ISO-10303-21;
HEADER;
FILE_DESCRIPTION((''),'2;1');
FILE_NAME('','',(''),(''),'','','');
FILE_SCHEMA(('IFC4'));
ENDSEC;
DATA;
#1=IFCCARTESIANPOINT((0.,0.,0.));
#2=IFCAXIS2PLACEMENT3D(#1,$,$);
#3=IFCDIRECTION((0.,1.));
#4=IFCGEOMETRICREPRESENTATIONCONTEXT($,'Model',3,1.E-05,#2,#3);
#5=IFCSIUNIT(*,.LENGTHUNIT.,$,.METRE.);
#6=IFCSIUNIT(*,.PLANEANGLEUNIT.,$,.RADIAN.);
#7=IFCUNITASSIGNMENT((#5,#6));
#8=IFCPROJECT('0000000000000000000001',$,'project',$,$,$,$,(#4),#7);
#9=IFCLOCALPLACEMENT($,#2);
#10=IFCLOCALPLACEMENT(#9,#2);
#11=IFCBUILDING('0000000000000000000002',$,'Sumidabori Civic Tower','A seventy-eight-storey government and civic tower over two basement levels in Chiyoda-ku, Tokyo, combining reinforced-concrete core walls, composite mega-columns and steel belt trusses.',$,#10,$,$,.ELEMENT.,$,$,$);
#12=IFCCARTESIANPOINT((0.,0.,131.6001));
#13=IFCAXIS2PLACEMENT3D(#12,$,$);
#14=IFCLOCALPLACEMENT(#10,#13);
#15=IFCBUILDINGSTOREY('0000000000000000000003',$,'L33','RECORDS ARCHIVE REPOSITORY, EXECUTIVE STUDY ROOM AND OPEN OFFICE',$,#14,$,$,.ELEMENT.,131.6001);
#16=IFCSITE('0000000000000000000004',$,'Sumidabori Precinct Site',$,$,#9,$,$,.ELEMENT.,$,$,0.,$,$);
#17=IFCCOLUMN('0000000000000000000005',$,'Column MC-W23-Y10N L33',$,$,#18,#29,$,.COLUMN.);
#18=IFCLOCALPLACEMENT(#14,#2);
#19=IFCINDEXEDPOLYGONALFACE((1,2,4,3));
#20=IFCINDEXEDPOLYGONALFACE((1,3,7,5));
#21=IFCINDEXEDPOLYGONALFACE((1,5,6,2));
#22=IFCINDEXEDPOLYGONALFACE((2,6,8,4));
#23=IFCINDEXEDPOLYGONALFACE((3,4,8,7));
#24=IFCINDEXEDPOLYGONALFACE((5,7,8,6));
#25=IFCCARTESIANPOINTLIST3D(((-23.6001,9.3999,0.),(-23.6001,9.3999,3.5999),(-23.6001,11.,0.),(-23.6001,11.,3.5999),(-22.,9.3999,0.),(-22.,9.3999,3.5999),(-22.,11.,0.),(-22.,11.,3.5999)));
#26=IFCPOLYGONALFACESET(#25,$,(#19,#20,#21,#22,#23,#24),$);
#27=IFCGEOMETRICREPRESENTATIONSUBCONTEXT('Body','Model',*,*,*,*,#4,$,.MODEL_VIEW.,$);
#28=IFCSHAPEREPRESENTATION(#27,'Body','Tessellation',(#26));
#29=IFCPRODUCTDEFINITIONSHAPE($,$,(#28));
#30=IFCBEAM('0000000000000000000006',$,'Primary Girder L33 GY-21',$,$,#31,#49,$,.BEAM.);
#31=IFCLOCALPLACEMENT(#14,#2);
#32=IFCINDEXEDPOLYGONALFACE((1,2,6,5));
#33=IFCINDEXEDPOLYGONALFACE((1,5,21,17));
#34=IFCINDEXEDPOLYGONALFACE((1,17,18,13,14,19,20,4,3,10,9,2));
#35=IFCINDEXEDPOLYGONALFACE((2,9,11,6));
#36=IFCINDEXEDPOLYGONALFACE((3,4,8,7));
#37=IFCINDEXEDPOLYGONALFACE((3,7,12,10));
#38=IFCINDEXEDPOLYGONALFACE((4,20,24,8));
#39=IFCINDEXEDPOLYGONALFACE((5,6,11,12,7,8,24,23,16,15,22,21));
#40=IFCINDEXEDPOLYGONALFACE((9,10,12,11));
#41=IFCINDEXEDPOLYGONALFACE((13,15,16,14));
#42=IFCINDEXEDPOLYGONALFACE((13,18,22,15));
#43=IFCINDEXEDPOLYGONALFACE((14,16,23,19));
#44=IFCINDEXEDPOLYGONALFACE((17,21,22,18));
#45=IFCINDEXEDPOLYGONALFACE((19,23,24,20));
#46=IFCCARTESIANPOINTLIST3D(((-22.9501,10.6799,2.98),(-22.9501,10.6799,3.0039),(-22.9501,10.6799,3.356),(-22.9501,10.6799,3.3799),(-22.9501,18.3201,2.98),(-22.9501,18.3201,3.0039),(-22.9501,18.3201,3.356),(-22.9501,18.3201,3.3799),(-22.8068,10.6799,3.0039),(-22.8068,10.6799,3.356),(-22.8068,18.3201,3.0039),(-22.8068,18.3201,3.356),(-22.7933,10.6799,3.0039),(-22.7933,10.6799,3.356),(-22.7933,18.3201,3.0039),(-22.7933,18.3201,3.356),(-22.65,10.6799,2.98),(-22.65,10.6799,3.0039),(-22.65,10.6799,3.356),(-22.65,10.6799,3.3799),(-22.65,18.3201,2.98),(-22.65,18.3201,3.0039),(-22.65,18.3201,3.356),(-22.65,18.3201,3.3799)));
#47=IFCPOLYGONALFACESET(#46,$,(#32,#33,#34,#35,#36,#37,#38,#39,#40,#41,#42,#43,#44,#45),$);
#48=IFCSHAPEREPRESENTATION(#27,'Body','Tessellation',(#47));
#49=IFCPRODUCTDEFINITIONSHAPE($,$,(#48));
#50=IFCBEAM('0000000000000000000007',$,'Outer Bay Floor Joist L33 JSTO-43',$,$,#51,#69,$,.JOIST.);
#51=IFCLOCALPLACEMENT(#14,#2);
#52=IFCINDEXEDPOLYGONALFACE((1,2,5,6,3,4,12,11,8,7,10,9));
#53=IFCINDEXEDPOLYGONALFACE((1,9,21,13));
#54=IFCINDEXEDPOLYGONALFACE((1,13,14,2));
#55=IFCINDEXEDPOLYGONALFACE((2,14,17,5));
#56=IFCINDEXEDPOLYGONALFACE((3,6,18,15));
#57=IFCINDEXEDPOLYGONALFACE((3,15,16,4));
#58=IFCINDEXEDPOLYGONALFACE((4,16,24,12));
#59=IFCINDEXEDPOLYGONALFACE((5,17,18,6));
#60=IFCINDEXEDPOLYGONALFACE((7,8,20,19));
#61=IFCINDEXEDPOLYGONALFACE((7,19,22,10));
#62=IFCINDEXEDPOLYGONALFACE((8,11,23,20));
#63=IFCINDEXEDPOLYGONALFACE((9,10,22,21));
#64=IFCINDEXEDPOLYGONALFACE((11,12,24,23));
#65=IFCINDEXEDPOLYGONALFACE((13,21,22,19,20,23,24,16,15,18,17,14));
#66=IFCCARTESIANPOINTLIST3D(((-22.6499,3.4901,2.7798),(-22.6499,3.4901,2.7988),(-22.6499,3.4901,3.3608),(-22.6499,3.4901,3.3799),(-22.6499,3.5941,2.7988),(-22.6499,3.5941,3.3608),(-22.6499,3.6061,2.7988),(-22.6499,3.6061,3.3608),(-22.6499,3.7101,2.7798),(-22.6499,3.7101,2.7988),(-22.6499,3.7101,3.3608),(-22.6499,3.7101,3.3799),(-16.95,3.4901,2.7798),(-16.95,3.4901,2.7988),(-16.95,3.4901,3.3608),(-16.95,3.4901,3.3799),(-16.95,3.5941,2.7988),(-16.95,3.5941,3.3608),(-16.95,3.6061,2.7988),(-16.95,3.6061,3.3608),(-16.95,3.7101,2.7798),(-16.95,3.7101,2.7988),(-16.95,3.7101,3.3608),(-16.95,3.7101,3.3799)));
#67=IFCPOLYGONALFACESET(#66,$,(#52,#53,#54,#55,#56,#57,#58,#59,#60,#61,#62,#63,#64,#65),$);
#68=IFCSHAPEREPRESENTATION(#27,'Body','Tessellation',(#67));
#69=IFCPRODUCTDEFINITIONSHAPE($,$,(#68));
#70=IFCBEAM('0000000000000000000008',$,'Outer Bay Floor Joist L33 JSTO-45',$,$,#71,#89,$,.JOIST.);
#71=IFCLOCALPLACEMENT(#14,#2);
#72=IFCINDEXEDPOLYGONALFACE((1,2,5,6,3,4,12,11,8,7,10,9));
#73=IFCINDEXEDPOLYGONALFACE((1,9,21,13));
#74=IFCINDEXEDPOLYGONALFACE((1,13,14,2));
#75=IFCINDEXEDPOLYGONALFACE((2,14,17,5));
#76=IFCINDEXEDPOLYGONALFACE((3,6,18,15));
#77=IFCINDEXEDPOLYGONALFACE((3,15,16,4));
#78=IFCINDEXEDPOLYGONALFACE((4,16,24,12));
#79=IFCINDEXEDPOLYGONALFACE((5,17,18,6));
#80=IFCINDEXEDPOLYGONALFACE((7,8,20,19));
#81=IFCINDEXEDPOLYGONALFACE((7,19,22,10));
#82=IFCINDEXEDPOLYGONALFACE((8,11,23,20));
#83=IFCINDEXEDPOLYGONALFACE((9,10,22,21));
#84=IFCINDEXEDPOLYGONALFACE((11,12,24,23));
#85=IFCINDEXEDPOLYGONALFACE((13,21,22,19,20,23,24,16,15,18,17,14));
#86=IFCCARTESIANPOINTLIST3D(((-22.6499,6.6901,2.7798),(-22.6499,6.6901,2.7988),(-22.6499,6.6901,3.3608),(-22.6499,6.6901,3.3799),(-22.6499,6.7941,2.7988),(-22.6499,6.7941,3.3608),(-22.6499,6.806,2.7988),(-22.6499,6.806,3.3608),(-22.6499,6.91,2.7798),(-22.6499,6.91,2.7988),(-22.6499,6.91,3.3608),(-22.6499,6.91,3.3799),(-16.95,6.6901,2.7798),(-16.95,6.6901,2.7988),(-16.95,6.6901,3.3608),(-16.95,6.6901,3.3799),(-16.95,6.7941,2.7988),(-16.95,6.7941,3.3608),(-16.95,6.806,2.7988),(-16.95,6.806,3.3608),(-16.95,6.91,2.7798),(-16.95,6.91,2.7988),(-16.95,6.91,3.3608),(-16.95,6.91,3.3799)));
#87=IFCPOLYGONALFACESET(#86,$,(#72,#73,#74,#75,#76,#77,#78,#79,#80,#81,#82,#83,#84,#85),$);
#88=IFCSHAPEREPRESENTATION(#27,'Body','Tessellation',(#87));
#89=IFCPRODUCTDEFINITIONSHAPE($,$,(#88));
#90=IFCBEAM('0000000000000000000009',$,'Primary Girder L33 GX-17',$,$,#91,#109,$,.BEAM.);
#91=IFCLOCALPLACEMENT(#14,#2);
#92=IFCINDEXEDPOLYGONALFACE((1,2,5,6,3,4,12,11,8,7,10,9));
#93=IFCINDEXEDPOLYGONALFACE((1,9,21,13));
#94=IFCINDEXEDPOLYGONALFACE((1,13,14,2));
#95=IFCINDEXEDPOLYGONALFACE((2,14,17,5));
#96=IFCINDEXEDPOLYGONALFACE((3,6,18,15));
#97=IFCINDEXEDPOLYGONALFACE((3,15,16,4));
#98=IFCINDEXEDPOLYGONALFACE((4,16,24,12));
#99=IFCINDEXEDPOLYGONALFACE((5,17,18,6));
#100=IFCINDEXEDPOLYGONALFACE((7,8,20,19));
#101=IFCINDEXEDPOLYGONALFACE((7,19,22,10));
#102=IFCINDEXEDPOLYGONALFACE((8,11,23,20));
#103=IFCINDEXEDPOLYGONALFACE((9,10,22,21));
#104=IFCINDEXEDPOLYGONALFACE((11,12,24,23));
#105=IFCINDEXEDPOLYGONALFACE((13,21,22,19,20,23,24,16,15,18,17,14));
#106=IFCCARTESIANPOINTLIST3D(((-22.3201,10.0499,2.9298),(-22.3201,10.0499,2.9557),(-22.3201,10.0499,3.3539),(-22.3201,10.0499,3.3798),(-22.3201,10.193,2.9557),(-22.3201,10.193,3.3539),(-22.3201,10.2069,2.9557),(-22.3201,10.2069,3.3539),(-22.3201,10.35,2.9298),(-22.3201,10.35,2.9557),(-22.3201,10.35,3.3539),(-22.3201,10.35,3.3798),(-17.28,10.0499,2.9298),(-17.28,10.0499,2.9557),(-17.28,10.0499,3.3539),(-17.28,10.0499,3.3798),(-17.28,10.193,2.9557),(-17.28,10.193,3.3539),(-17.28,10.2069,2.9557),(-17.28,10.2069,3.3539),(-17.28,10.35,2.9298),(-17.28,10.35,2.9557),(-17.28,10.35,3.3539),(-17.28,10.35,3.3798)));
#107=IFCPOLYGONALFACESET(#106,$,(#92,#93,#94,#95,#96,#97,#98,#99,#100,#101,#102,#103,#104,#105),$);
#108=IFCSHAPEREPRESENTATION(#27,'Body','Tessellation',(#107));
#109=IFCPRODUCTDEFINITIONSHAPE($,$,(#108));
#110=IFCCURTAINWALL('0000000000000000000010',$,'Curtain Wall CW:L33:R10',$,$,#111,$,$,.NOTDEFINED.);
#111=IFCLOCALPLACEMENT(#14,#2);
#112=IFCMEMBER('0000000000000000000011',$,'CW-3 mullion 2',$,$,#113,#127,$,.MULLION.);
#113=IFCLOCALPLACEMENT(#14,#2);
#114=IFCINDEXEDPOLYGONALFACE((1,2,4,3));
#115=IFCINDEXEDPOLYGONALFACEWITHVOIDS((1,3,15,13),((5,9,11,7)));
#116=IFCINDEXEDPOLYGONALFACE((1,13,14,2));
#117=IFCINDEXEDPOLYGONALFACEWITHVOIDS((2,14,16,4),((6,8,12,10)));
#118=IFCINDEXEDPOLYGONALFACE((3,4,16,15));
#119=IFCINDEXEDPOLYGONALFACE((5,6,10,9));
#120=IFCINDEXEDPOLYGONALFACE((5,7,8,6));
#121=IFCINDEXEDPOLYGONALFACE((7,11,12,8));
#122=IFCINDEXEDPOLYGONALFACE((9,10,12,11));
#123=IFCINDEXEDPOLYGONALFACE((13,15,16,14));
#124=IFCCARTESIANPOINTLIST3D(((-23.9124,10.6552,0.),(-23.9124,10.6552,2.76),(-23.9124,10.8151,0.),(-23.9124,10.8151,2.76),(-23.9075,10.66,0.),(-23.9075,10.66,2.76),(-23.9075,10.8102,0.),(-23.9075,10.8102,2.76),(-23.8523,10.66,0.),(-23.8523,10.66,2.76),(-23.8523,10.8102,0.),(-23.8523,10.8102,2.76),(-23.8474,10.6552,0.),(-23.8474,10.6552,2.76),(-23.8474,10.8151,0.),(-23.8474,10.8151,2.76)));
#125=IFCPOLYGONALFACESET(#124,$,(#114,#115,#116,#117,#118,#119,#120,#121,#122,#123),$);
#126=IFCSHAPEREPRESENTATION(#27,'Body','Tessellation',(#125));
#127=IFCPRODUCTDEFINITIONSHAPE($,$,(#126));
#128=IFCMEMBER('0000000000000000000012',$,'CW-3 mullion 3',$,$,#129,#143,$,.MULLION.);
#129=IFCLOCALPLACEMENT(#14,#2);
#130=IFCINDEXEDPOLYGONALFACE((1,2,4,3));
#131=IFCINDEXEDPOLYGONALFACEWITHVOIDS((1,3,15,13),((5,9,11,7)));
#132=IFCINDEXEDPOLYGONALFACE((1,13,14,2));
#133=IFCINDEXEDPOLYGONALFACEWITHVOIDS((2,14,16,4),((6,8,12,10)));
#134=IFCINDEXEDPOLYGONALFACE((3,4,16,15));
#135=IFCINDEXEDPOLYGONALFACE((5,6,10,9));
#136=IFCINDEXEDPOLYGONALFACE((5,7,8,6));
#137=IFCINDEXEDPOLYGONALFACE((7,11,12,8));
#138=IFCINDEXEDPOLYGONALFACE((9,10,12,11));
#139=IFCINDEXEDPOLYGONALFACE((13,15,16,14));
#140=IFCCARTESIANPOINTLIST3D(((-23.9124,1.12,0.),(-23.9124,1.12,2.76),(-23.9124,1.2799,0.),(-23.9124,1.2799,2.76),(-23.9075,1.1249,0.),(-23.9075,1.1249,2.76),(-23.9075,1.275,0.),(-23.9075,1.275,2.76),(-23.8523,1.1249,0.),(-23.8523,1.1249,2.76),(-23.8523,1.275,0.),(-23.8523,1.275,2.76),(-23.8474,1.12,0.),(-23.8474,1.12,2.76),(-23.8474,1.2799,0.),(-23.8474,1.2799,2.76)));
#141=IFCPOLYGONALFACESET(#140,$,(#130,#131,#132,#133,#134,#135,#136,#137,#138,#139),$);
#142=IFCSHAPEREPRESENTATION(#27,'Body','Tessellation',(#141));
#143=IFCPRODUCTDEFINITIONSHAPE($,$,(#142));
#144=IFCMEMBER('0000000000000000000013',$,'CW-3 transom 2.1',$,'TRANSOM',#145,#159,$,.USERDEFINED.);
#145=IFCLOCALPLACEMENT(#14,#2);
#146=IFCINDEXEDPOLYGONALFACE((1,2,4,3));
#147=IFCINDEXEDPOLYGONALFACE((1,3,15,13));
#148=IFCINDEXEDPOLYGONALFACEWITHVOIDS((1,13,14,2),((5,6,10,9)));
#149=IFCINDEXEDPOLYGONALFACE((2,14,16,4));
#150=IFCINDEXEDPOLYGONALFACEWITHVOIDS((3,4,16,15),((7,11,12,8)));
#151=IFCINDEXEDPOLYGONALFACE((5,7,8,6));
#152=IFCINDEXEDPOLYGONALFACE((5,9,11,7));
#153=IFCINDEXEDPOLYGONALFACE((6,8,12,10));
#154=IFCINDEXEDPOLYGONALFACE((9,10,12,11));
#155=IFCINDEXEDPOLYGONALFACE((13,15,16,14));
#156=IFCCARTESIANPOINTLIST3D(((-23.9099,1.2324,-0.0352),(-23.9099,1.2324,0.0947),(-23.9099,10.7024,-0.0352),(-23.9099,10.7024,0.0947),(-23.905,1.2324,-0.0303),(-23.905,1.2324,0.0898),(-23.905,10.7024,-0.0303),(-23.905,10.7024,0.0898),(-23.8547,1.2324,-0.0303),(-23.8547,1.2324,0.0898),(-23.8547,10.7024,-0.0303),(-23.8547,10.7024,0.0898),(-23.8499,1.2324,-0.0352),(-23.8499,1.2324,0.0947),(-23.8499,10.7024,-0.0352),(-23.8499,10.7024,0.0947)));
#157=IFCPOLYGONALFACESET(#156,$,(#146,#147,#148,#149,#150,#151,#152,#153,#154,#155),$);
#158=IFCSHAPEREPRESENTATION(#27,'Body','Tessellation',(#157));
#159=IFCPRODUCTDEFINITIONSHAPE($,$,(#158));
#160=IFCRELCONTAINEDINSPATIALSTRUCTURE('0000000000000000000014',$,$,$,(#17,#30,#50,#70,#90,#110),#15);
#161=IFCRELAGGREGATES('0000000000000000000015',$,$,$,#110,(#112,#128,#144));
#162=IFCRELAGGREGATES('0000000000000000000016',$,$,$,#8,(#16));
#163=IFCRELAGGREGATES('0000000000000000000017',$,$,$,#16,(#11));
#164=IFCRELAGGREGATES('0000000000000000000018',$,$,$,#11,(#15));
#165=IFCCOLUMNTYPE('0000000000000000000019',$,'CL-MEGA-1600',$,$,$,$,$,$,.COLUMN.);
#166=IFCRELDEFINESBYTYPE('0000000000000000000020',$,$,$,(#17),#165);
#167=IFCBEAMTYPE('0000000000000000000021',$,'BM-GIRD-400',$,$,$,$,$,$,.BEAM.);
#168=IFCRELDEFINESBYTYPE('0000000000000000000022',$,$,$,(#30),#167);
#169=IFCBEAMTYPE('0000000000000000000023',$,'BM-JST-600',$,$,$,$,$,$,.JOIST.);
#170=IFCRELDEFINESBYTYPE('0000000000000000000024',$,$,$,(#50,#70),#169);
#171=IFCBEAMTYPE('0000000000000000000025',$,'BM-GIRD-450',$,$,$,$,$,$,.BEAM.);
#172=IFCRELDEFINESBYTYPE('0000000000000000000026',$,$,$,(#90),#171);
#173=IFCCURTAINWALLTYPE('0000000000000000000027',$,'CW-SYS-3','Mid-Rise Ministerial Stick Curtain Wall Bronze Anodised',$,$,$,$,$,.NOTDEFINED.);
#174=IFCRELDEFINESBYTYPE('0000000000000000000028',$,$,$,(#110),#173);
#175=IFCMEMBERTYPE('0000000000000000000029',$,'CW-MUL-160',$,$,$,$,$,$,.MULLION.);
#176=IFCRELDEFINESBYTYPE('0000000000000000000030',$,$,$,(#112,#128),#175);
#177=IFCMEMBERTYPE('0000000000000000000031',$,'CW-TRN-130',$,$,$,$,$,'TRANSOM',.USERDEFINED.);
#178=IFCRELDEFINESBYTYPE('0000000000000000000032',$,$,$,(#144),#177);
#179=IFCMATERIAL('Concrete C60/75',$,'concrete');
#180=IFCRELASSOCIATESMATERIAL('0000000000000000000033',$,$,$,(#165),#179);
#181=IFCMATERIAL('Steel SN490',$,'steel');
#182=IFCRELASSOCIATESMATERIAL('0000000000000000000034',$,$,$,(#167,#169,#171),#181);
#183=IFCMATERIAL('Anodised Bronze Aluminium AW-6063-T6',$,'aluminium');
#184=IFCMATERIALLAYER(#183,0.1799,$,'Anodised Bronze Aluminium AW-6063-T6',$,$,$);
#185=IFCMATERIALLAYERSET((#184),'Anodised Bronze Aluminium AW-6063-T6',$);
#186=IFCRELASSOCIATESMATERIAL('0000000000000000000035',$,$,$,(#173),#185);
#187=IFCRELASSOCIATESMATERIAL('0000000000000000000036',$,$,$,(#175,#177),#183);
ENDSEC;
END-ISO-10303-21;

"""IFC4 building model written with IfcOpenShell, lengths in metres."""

from ifc_helpers import new_model, si_unit, direction, frame, origin, origin_2d, place, context, subcontext, project, spatial, rectangle, hollow_rectangle, i_section, extrude, source, transform, mapped, material, layer, layer_set, material_profile, profile_set, type_object, element, aggregate, save


model = new_model("IFC4")

# Units and contexts
model_context = context("Model", 3, precision=1e-05, world=origin(), true_north=direction((0.0, 1.0)))
body_context = subcontext(model_context, "Body", "Model", "MODEL_VIEW")
ifc_project = project(units=[si_unit("LENGTHUNIT", "METRE"), si_unit("PLANEANGLEUNIT", "RADIAN")], contexts=[model_context])

# Site, building, storey
site_placement = place(None, origin())
site = spatial("IfcSite", under=ifc_project, at=site_placement, Name="Sumidabori Precinct Site", CompositionType="ELEMENT", RefElevation=0.0)
building_placement = place(site_placement, origin())
building = spatial("IfcBuilding", under=site, at=building_placement, Name="Sumidabori Civic Tower", Description="A seventy-eight-storey government and civic tower over two basement levels in Chiyoda-ku, Tokyo, combining reinforced-concrete core walls, composite mega-columns and steel belt trusses.", CompositionType="ELEMENT")
storey_placement = place(building_placement, frame((0.0, 0.0, 131.6001)))
storey = spatial("IfcBuildingStorey", under=building, at=storey_placement, Name="L33", Description="RECORDS ARCHIVE REPOSITORY, EXECUTIVE STUDY ROOM AND OPEN OFFICE", CompositionType="ELEMENT", Elevation=131.6001)

# Column
ifc_material_1 = material(Name="Concrete C60/75", Category="concrete")
ifc_material_profile_1 = material_profile(ifc_material_1, rectangle(XDim=1.6001, YDim=1.6001, at=origin_2d()), Name="RC 1600x1600")
ifc_profile_set_1 = profile_set([ifc_material_profile_1], Name="Concrete C60/75")
column_type = type_object("IfcColumnType", Name="CL-MEGA-1600", PredefinedType="COLUMN", material=ifc_profile_set_1)
shared_shape_1 = source(origin(), body_context, "Body", "SweptSolid", [
    extrude(rectangle(XDim=1.6001, YDim=1.6001, at=origin_2d()), origin(), (0.0, 0.0, 1.0), 3.5999),
])
column_placement = place(storey_placement, frame((-22.8, 10.2, 0.0), z_axis=(0.0, 0.0, 1.0), x_axis=(1.0, 0.0, 0.0)))
element("IfcColumn", 1, at=column_placement, inside=storey, type_object=column_type, Name="Column MC-W23-Y10N L33", PredefinedType="COLUMN", context=body_context, shape_type="MappedRepresentation", body=[
    mapped(shared_shape_1, transform((0.0, 0.0, 0.0), x_axis=(1.0, 0.0, 0.0), y_axis=(0.0, 1.0, 0.0), z_axis=(0.0, 0.0, 1.0), scale=1.0)),
])

# Beams
ifc_material_2 = material(Name="Steel SN490", Category="steel")
ifc_material_profile_2 = material_profile(ifc_material_2, i_section(OverallWidth=0.3, OverallDepth=0.3999, WebThickness=0.0134, FlangeThickness=0.0239, at=origin_2d()), Name="HE 400 B")
ifc_profile_set_2 = profile_set([ifc_material_profile_2], Name="Steel SN490")
beam_type_1 = type_object("IfcBeamType", Name="BM-GIRD-400", PredefinedType="BEAM", material=ifc_profile_set_2)
shared_shape_2 = source(origin(), body_context, "Body", "SweptSolid", [
    extrude(i_section(OverallWidth=0.3, OverallDepth=0.3999, WebThickness=0.0134, FlangeThickness=0.0239, at=origin_2d()), origin(), (0.0, 0.0, 1.0), 7.6401),
])
beam_1_placement = place(storey_placement, frame((-22.8, 10.6799, 3.1799), z_axis=(0.0, 1.0, 0.0), x_axis=(-1.0, 0.0, 0.0)))
element("IfcBeam", 2, at=beam_1_placement, inside=storey, type_object=beam_type_1, Name="Primary Girder L33 GY-21", PredefinedType="BEAM", context=body_context, shape_type="MappedRepresentation", body=[
    mapped(shared_shape_2, transform((0.0, 0.0, 0.0), x_axis=(1.0, 0.0, 0.0), y_axis=(0.0, 1.0, 0.0), z_axis=(0.0, 0.0, 1.0), scale=1.0)),
])
ifc_material_profile_3 = material_profile(ifc_material_2, i_section(OverallWidth=0.22, OverallDepth=0.6001, WebThickness=0.012, FlangeThickness=0.019, at=origin_2d()), Name="IPE 600")
ifc_profile_set_3 = profile_set([ifc_material_profile_3], Name="Steel SN490")
beam_type_2 = type_object("IfcBeamType", Name="BM-JST-600", PredefinedType="JOIST", material=ifc_profile_set_3)
shared_shape_3 = source(origin(), body_context, "Body", "SweptSolid", [
    extrude(i_section(OverallWidth=0.22, OverallDepth=0.6001, WebThickness=0.012, FlangeThickness=0.019, at=origin_2d()), origin(), (0.0, 0.0, 1.0), 5.7),
])
for number, where, z_axis, x_axis, name in (
    (3, (-22.6499, 3.6001, 3.0798), (1.0, 0.0, 0.0), (0.0, 1.0, 0.0), "Outer Bay Floor Joist L33 JSTO-43"),
    (4, (-22.6499, 6.8, 3.0798), (1.0, 0.0, 0.0), (0.0, 1.0, 0.0), "Outer Bay Floor Joist L33 JSTO-45"),
):
    element("IfcBeam", number, at=place(storey_placement, frame(where, z_axis=z_axis, x_axis=x_axis)), inside=storey, type_object=beam_type_2, Name=name, PredefinedType="JOIST", context=body_context, shape_type="MappedRepresentation", body=[
        mapped(shared_shape_3, transform((0.0, 0.0, 0.0), x_axis=(1.0, 0.0, 0.0), y_axis=(0.0, 1.0, 0.0), z_axis=(0.0, 0.0, 1.0), scale=1.0)),
    ])
ifc_material_profile_4 = material_profile(ifc_material_2, i_section(OverallWidth=0.3, OverallDepth=0.45, WebThickness=0.0139, FlangeThickness=0.0259, at=origin_2d()), Name="HE 450 B")
ifc_profile_set_4 = profile_set([ifc_material_profile_4], Name="Steel SN490")
beam_type_3 = type_object("IfcBeamType", Name="BM-GIRD-450", PredefinedType="BEAM", material=ifc_profile_set_4)
shared_shape_4 = source(origin(), body_context, "Body", "SweptSolid", [
    extrude(i_section(OverallWidth=0.3, OverallDepth=0.45, WebThickness=0.0139, FlangeThickness=0.0259, at=origin_2d()), origin(), (0.0, 0.0, 1.0), 5.04),
])
beam_2_placement = place(storey_placement, frame((-22.3201, 10.2, 3.1548), z_axis=(1.0, 0.0, 0.0), x_axis=(0.0, 1.0, 0.0)))
element("IfcBeam", 5, at=beam_2_placement, inside=storey, type_object=beam_type_3, Name="Primary Girder L33 GX-17", PredefinedType="BEAM", context=body_context, shape_type="MappedRepresentation", body=[
    mapped(shared_shape_4, transform((0.0, 0.0, 0.0), x_axis=(1.0, 0.0, 0.0), y_axis=(0.0, 1.0, 0.0), z_axis=(0.0, 0.0, 1.0), scale=1.0)),
])

# Curtain wall, members
ifc_material_3 = material(Name="Anodised Bronze Aluminium AW-6063-T6", Category="aluminium")
ifc_layer_1 = layer(ifc_material_3, 0.1799, Name="Anodised Bronze Aluminium AW-6063-T6")
ifc_layer_set_1 = layer_set([ifc_layer_1], Name="Anodised Bronze Aluminium AW-6063-T6")
curtain_wall_type = type_object("IfcCurtainWallType", Name="CW-SYS-3", Description="Mid-Rise Ministerial Stick Curtain Wall Bronze Anodised", PredefinedType="NOTDEFINED", material=ifc_layer_set_1)
curtain_wall_placement = place(storey_placement, origin())
curtain_wall = element("IfcCurtainWall", 6, at=curtain_wall_placement, inside=storey, type_object=curtain_wall_type, Name="Curtain Wall CW:L33:R10", PredefinedType="NOTDEFINED")
ifc_material_profile_5 = material_profile(ifc_material_3, hollow_rectangle(XDim=0.0649, YDim=0.1599, WallThickness=0.0049, at=origin_2d()), Name="ALU MULLION 160x65")
ifc_profile_set_5 = profile_set([ifc_material_profile_5], Name="Anodised Bronze Aluminium AW-6063-T6")
member_type_1 = type_object("IfcMemberType", Name="CW-MUL-160", PredefinedType="MULLION", material=ifc_profile_set_5)
shared_shape_5 = source(origin(), body_context, "Body", "SweptSolid", [
    extrude(hollow_rectangle(XDim=0.0649, YDim=0.1599, WallThickness=0.0049, at=origin_2d()), origin(), (0.0, 0.0, 1.0), 2.76),
])
member_1_placement = place(storey_placement, frame((-23.8799, 10.7351, 0.0), z_axis=(0.0, 0.0, 1.0), x_axis=(1.0, 0.0, 0.0)))
member_1 = element("IfcMember", 7, at=member_1_placement, type_object=member_type_1, Name="CW-3 mullion 2", PredefinedType="MULLION", context=body_context, shape_type="MappedRepresentation", body=[
    mapped(shared_shape_5, transform((0.0, 0.0, 0.0), x_axis=(1.0, 0.0, 0.0), y_axis=(0.0, 1.0, 0.0), z_axis=(0.0, 0.0, 1.0), scale=1.0)),
])
member_2_placement = place(storey_placement, frame((-23.8799, 1.2, 0.0), z_axis=(0.0, 0.0, 1.0), x_axis=(1.0, 0.0, 0.0)))
member_2 = element("IfcMember", 8, at=member_2_placement, type_object=member_type_1, Name="CW-3 mullion 3", PredefinedType="MULLION", context=body_context, shape_type="MappedRepresentation", body=[
    mapped(shared_shape_5, transform((0.0, 0.0, 0.0), x_axis=(1.0, 0.0, 0.0), y_axis=(0.0, 1.0, 0.0), z_axis=(0.0, 0.0, 1.0), scale=1.0)),
])
ifc_material_profile_6 = material_profile(ifc_material_3, hollow_rectangle(XDim=0.0601, YDim=0.1299, WallThickness=0.0049, at=origin_2d()), Name="ALU TRANSOM 130x60")
ifc_profile_set_6 = profile_set([ifc_material_profile_6], Name="Anodised Bronze Aluminium AW-6063-T6")
member_type_2 = type_object("IfcMemberType", Name="CW-TRN-130", ElementType="TRANSOM", PredefinedType="USERDEFINED", material=ifc_profile_set_6)
shared_shape_6 = source(origin(), body_context, "Body", "SweptSolid", [
    extrude(hollow_rectangle(XDim=0.0601, YDim=0.1299, WallThickness=0.0049, at=origin_2d()), origin(), (0.0, 0.0, 1.0), 9.47),
])
member_3_placement = place(storey_placement, frame((-23.8799, 10.7024, 0.0298), z_axis=(0.0, -1.0, 0.0), x_axis=(1.0, 0.0, 0.0)))
member_3 = element("IfcMember", 9, at=member_3_placement, type_object=member_type_2, Name="CW-3 transom 2.1", ObjectType="TRANSOM", PredefinedType="USERDEFINED", context=body_context, shape_type="MappedRepresentation", body=[
    mapped(shared_shape_6, transform((0.0, 0.0, 0.0), x_axis=(1.0, 0.0, 0.0), y_axis=(0.0, 1.0, 0.0), z_axis=(0.0, 0.0, 1.0), scale=1.0)),
])
aggregate(curtain_wall, [member_1, member_2, member_3])

save(model, "model.ifc")
